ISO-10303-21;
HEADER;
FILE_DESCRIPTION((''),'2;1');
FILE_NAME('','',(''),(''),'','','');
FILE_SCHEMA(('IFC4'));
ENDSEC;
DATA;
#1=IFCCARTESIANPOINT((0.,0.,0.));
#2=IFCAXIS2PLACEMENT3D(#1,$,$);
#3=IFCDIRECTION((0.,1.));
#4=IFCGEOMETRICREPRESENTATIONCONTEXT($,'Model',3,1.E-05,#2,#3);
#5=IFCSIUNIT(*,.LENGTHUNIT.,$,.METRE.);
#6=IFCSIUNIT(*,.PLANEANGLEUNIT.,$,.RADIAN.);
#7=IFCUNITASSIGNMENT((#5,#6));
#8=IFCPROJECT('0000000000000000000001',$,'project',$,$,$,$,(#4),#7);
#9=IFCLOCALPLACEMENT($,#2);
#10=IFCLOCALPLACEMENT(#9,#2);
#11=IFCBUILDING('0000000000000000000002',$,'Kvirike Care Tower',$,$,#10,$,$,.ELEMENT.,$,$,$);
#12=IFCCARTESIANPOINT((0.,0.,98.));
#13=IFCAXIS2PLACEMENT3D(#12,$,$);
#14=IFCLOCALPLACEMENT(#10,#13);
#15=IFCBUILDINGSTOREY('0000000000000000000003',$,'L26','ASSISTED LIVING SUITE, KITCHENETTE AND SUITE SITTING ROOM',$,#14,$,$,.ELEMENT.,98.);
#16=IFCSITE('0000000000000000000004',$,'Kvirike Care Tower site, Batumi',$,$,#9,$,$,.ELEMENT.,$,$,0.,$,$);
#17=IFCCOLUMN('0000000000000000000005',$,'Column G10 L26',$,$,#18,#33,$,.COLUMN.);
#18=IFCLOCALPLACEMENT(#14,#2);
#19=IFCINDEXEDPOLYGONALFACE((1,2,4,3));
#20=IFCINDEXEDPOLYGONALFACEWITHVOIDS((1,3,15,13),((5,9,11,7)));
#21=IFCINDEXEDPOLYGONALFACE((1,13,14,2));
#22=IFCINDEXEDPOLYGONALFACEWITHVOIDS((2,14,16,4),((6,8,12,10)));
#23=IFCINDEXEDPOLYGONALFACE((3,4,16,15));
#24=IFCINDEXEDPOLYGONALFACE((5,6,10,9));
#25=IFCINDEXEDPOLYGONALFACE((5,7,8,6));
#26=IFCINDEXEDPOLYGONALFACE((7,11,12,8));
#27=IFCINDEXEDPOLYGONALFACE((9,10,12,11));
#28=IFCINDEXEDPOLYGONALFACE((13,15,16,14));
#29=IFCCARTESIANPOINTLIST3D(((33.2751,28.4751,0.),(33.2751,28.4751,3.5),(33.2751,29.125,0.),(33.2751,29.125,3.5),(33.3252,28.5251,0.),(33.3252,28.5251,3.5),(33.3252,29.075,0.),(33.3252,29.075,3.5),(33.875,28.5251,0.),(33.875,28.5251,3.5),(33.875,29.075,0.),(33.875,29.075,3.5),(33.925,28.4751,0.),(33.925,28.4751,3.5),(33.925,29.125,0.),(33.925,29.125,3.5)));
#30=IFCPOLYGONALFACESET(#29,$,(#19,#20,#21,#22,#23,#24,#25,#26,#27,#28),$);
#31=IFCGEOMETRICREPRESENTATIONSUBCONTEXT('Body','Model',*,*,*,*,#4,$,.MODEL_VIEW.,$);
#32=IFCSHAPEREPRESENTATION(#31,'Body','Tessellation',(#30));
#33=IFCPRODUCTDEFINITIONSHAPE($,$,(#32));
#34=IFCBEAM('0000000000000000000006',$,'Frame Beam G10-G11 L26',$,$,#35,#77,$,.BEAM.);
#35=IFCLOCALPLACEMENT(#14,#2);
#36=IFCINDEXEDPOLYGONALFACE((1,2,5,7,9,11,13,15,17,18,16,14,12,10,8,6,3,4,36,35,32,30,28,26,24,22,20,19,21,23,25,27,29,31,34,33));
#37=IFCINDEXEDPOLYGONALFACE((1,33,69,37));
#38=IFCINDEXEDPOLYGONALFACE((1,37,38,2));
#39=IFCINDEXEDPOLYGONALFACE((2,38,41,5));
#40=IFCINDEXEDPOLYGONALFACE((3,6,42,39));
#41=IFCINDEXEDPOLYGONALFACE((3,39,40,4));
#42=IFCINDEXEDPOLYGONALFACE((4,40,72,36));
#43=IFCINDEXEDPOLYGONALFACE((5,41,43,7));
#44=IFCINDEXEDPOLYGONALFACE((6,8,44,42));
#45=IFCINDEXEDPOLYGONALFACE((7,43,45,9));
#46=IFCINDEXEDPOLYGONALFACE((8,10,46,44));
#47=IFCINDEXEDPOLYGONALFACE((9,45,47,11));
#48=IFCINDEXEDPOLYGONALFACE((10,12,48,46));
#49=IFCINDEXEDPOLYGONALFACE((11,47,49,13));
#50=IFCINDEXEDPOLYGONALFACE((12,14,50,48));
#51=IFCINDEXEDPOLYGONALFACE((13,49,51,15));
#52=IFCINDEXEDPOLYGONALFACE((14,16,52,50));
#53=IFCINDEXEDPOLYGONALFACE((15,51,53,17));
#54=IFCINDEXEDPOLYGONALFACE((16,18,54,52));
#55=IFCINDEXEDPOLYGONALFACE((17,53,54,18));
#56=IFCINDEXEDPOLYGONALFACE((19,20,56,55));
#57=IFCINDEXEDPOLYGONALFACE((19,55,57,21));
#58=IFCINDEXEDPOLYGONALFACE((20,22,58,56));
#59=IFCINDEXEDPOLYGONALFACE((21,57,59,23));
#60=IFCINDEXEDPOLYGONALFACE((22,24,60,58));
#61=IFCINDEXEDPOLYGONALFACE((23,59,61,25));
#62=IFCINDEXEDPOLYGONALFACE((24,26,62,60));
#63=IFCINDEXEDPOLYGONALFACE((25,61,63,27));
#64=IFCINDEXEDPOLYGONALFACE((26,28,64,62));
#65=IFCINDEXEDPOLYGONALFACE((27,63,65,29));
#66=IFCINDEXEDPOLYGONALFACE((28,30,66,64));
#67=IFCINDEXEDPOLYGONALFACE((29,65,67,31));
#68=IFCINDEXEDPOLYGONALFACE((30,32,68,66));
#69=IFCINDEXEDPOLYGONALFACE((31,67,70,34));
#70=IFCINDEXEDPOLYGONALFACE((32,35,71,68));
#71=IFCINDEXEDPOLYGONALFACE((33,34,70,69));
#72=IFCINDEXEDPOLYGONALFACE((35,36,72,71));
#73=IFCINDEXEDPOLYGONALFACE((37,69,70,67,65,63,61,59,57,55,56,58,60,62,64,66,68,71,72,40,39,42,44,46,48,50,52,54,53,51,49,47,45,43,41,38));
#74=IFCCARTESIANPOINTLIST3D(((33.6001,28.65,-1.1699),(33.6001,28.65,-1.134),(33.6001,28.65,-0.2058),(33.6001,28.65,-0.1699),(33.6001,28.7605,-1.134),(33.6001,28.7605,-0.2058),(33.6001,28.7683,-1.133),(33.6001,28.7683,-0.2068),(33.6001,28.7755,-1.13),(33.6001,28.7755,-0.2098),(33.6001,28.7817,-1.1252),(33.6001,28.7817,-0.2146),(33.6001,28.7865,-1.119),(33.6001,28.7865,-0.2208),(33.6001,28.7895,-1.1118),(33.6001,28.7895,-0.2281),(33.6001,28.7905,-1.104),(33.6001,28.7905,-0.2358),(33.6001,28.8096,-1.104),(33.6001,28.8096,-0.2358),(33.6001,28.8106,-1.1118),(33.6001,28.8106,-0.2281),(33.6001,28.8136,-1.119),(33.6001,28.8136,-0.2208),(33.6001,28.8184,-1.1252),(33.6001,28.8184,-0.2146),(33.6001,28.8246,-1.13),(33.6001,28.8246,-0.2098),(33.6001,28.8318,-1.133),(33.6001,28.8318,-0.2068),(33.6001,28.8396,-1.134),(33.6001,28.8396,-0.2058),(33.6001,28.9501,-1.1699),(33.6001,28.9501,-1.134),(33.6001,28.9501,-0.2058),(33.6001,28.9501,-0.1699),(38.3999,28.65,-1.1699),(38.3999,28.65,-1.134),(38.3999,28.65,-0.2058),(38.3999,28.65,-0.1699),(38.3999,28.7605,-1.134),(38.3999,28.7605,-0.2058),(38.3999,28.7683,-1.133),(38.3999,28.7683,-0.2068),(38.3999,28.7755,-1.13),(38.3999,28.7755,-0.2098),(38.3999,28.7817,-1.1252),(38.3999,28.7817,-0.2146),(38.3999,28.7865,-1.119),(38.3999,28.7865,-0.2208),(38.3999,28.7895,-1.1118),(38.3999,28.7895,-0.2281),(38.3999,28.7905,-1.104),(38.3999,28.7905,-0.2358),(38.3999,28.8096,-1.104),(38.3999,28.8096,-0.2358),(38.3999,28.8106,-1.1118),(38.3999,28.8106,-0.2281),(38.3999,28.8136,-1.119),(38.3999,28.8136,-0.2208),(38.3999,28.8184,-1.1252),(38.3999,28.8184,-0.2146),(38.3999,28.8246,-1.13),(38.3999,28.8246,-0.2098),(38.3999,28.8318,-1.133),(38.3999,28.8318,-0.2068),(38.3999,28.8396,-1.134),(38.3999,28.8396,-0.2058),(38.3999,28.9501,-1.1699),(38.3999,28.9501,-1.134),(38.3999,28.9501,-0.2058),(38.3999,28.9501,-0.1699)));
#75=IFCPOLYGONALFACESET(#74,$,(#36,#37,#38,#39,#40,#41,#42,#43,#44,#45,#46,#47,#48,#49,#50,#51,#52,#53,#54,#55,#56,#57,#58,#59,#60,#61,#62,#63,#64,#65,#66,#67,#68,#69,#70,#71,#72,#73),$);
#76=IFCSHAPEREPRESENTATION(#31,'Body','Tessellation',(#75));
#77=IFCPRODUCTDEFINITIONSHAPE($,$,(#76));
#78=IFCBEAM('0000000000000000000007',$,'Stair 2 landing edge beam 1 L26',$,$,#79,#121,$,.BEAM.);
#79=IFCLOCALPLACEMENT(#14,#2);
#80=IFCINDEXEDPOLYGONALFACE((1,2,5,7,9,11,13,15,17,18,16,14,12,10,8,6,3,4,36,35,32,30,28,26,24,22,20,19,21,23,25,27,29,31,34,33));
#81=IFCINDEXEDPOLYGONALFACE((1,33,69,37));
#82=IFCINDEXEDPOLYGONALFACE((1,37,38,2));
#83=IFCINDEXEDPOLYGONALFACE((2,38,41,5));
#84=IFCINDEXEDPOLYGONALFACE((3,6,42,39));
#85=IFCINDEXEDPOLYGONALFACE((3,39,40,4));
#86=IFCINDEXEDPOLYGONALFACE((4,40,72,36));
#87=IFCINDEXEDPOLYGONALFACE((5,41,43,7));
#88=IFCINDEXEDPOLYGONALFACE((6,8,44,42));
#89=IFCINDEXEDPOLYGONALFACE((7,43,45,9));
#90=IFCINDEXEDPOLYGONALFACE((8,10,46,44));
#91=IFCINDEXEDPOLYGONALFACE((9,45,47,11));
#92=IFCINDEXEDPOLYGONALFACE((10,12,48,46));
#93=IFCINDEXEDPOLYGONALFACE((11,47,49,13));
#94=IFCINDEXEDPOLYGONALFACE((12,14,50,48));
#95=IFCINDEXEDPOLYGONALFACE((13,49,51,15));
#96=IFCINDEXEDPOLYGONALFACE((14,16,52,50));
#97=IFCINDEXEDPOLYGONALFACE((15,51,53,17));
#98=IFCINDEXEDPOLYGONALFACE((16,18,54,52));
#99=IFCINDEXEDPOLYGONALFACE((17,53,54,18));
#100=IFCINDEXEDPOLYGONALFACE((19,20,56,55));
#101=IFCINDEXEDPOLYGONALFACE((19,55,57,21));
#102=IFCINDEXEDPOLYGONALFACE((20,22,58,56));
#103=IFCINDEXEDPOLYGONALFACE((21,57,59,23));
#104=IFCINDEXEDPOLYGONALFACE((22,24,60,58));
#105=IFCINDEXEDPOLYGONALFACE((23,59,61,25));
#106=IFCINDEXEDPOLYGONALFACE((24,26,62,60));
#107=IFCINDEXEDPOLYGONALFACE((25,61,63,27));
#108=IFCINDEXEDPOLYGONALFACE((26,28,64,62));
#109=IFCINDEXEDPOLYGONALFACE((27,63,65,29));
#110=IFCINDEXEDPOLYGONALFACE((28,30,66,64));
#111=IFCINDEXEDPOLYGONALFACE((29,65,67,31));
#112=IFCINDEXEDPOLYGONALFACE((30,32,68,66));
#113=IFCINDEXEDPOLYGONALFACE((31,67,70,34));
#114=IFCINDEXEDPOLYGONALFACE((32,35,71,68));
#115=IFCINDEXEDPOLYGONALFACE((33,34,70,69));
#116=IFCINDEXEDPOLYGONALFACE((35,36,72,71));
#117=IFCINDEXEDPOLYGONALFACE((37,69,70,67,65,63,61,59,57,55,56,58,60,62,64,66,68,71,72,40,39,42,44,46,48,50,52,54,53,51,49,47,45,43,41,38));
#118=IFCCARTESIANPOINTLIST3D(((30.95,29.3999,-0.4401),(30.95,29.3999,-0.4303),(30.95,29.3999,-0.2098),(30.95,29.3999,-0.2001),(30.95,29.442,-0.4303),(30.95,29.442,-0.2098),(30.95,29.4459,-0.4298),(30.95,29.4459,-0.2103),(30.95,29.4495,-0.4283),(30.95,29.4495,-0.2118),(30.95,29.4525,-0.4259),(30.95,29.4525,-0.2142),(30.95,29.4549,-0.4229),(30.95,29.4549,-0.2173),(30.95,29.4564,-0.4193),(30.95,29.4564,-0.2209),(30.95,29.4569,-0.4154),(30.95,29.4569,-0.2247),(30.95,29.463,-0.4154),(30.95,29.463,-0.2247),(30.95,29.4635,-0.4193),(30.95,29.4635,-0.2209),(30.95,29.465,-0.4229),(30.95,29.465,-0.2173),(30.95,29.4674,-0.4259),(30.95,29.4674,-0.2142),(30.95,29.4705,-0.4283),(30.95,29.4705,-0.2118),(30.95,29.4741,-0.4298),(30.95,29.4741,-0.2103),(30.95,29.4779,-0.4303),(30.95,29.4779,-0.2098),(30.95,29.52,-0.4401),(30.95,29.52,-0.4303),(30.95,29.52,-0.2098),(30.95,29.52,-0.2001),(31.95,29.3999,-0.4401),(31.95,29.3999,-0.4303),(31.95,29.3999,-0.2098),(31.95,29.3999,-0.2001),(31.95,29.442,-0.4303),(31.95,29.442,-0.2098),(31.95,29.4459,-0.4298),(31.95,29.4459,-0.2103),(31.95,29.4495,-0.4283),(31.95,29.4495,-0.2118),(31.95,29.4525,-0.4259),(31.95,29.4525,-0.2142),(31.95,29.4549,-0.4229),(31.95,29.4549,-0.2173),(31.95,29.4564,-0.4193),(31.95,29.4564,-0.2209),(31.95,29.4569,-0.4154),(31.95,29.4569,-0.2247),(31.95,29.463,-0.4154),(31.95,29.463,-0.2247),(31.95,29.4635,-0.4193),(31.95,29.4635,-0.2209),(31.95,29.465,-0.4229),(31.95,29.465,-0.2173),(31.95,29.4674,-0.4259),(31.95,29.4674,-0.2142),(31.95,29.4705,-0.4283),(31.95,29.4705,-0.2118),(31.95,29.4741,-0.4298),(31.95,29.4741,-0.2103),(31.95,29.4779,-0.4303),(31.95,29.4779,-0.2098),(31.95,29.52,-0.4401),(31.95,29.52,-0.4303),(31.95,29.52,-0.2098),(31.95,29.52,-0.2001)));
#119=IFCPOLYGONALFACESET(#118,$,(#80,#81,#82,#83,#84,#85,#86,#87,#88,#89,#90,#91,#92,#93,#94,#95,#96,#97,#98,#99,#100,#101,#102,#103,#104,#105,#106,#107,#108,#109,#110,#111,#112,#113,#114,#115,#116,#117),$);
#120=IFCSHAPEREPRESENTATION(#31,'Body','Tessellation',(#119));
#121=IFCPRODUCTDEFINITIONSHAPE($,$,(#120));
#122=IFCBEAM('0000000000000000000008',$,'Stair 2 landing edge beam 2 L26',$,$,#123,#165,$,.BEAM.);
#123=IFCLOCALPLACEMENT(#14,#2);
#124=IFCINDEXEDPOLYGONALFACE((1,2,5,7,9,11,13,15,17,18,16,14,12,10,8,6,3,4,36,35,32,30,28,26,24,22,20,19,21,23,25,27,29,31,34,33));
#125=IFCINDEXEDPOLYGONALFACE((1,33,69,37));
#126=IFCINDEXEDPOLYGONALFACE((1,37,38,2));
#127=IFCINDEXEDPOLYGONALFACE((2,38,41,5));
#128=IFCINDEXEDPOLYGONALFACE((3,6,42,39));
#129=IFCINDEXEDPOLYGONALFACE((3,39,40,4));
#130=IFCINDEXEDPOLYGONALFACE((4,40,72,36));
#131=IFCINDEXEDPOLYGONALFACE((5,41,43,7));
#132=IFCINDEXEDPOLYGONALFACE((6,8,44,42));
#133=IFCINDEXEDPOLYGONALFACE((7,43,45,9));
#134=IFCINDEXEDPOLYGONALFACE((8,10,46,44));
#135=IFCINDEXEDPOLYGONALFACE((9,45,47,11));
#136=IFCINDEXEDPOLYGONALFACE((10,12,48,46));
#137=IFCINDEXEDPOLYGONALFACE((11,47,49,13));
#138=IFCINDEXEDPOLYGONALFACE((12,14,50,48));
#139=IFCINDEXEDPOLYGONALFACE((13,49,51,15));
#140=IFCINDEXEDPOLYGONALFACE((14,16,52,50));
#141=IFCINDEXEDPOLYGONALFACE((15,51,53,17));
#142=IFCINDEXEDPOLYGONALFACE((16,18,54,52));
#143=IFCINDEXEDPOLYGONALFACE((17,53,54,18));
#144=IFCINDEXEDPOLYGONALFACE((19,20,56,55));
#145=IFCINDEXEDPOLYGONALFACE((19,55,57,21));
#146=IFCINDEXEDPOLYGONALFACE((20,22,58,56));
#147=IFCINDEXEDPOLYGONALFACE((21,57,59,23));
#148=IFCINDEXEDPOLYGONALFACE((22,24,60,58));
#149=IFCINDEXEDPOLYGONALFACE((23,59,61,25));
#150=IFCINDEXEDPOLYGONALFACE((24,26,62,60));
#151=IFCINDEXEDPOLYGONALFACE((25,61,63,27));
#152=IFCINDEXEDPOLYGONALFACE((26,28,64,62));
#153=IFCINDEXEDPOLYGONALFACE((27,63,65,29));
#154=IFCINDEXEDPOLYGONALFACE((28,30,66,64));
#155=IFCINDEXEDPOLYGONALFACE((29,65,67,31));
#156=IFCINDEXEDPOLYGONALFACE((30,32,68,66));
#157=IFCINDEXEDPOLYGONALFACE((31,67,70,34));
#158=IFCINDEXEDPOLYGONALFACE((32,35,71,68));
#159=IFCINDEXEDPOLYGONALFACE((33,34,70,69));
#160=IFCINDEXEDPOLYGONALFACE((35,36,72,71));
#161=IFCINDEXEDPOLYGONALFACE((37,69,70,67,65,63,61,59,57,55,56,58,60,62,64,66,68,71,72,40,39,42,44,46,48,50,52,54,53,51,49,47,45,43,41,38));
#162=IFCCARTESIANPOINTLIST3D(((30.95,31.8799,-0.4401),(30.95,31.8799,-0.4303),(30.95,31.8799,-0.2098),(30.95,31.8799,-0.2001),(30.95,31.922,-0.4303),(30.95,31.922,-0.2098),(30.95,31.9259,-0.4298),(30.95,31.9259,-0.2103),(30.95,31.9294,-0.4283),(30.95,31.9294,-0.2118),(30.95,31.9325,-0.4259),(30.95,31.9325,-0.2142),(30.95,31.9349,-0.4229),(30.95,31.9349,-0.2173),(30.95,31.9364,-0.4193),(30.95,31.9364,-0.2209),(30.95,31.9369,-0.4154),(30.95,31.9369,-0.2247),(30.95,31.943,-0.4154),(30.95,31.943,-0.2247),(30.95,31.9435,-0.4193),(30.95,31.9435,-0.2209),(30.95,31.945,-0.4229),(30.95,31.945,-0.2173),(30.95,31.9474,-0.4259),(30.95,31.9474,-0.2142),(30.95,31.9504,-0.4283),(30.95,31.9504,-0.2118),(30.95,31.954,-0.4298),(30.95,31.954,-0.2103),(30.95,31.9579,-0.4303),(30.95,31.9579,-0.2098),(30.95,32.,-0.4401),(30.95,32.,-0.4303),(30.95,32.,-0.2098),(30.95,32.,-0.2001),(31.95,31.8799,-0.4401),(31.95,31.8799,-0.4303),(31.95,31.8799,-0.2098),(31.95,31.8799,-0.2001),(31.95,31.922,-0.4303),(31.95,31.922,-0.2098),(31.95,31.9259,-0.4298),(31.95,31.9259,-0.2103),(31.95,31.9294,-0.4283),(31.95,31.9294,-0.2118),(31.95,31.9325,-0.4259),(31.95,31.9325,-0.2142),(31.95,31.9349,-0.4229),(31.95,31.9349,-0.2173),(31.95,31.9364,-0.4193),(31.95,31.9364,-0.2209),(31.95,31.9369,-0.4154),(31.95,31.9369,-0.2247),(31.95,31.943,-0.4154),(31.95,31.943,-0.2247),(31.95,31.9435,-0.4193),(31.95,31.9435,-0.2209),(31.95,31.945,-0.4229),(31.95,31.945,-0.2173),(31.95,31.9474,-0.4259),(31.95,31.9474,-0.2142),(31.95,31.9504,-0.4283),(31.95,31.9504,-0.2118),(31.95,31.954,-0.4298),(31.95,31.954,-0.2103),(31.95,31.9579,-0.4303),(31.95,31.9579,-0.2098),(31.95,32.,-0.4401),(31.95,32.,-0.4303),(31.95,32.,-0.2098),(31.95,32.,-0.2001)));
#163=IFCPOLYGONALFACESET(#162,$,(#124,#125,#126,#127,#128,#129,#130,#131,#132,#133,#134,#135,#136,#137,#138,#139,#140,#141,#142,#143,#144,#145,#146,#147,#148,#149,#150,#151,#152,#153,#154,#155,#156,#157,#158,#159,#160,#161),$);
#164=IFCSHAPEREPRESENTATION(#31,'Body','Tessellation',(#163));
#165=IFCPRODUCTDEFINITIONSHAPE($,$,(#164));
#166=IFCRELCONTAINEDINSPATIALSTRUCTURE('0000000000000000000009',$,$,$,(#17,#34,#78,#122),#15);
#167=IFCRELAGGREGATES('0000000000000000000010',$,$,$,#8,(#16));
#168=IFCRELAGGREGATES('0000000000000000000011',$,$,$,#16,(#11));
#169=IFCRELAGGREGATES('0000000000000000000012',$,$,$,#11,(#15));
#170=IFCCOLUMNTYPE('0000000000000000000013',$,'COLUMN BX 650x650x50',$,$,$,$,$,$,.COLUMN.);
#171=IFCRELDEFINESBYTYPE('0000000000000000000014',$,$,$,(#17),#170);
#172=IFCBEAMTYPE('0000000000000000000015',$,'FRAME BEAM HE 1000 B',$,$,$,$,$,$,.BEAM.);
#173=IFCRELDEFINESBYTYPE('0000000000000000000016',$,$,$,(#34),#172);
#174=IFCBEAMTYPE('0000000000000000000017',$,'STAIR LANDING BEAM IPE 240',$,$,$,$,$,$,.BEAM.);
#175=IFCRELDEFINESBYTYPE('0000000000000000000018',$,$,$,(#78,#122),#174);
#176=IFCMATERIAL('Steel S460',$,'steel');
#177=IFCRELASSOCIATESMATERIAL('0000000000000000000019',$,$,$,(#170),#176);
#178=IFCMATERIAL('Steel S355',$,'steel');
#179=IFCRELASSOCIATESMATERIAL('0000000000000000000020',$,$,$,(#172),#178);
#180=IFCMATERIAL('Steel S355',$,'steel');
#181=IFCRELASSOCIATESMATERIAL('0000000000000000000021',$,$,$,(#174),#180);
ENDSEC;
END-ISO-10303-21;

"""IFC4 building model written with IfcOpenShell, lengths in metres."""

from ifc_helpers import new_model, si_unit, direction, frame, origin, origin_2d, place, context, subcontext, project, spatial, hollow_rectangle, i_section, extrude, material, material_profile, profile_set, type_object, element, save


model = new_model("IFC4")

# Units and contexts
model_context = context("Model", 3, precision=1e-05, world=origin(), true_north=direction((0.0, 1.0)))
body_context = subcontext(model_context, "Body", "Model", "MODEL_VIEW")
ifc_project = project(units=[si_unit("LENGTHUNIT", "METRE"), si_unit("PLANEANGLEUNIT", "RADIAN")], contexts=[model_context])

# Site, building, storey
site_placement = place(None, origin())
site = spatial("IfcSite", under=ifc_project, at=site_placement, Name="Kvirike Care Tower site, Batumi", CompositionType="ELEMENT", RefElevation=0.0)
building_placement = place(site_placement, origin())
building = spatial("IfcBuilding", under=site, at=building_placement, Name="Kvirike Care Tower", CompositionType="ELEMENT")
storey_placement = place(building_placement, frame((0.0, 0.0, 98.0)))
storey = spatial("IfcBuildingStorey", under=building, at=storey_placement, Name="L26", Description="ASSISTED LIVING SUITE, KITCHENETTE AND SUITE SITTING ROOM", CompositionType="ELEMENT", Elevation=98.0)

# Column
ifc_material_1 = material(Name="Steel S460", Category="steel")
ifc_material_profile_1 = material_profile(ifc_material_1, hollow_rectangle(XDim=0.6499, YDim=0.6499, WallThickness=0.05, at=origin_2d()), Name="BX 650x650x50")
ifc_profile_set_1 = profile_set([ifc_material_profile_1], Name="Steel S460")
column_type = type_object("IfcColumnType", Name="COLUMN BX 650x650x50", PredefinedType="COLUMN", material=ifc_profile_set_1)
column_placement = place(storey_placement, frame((33.6001, 28.8, 0.0), z_axis=(0.0, 0.0, 1.0), x_axis=(0.0, 1.0, 0.0)))
element("IfcColumn", 1, at=column_placement, inside=storey, type_object=column_type, Name="Column G10 L26", PredefinedType="COLUMN", context=body_context, shape_type="SweptSolid", body=[
    extrude(hollow_rectangle(XDim=0.6499, YDim=0.6499, WallThickness=0.05, at=origin_2d()), origin(), (0.0, 0.0, 1.0), 3.5),
])

# Beams
ifc_material_2 = material(Name="Steel S355", Category="steel")
ifc_material_profile_2 = material_profile(ifc_material_2, i_section(OverallWidth=0.3, OverallDepth=1.0, WebThickness=0.019, FlangeThickness=0.0359, FilletRadius=0.03, at=origin_2d()), Name="HE 1000 B")
ifc_profile_set_2 = profile_set([ifc_material_profile_2], Name="Steel S355")
beam_type_1 = type_object("IfcBeamType", Name="FRAME BEAM HE 1000 B", PredefinedType="BEAM", material=ifc_profile_set_2)
beam_placement = place(storey_placement, frame((33.6001, 28.8, -0.6699), z_axis=(1.0, 0.0, 0.0), x_axis=(0.0, 1.0, 0.0)))
element("IfcBeam", 2, at=beam_placement, inside=storey, type_object=beam_type_1, Name="Frame Beam G10-G11 L26", PredefinedType="BEAM", context=body_context, shape_type="SweptSolid", body=[
    extrude(i_section(OverallWidth=0.3, OverallDepth=1.0, WebThickness=0.019, FlangeThickness=0.0359, FilletRadius=0.03, at=origin_2d()), origin(), (0.0, 0.0, 1.0), 4.7998),
])
ifc_material_3 = material(Name="Steel S355", Category="steel")
ifc_material_profile_3 = material_profile(ifc_material_3, i_section(OverallWidth=0.1201, OverallDepth=0.24, WebThickness=0.0061, FlangeThickness=0.0098, FilletRadius=0.0149, at=origin_2d()), Name="IPE 240")
ifc_profile_set_3 = profile_set([ifc_material_profile_3], Name="Steel S355")
beam_type_2 = type_object("IfcBeamType", Name="STAIR LANDING BEAM IPE 240", PredefinedType="BEAM", material=ifc_profile_set_3)
for number, where, z_axis, x_axis, name in (
    (3, (31.95, 29.46, -0.3201), (-1.0, 0.0, 0.0), (0.0, -1.0, 0.0), "Stair 2 landing edge beam 1 L26"),
    (4, (31.95, 31.9399, -0.3201), (-1.0, 0.0, 0.0), (0.0, -1.0, 0.0), "Stair 2 landing edge beam 2 L26"),
):
    element("IfcBeam", number, at=place(storey_placement, frame(where, z_axis=z_axis, x_axis=x_axis)), inside=storey, type_object=beam_type_2, Name=name, PredefinedType="BEAM", context=body_context, shape_type="SweptSolid", body=[
        extrude(i_section(OverallWidth=0.1201, OverallDepth=0.24, WebThickness=0.0061, FlangeThickness=0.0098, FilletRadius=0.0149, at=origin_2d()), origin(), (0.0, 0.0, 1.0), 1.0),
    ])

save(model, "model.ifc")
